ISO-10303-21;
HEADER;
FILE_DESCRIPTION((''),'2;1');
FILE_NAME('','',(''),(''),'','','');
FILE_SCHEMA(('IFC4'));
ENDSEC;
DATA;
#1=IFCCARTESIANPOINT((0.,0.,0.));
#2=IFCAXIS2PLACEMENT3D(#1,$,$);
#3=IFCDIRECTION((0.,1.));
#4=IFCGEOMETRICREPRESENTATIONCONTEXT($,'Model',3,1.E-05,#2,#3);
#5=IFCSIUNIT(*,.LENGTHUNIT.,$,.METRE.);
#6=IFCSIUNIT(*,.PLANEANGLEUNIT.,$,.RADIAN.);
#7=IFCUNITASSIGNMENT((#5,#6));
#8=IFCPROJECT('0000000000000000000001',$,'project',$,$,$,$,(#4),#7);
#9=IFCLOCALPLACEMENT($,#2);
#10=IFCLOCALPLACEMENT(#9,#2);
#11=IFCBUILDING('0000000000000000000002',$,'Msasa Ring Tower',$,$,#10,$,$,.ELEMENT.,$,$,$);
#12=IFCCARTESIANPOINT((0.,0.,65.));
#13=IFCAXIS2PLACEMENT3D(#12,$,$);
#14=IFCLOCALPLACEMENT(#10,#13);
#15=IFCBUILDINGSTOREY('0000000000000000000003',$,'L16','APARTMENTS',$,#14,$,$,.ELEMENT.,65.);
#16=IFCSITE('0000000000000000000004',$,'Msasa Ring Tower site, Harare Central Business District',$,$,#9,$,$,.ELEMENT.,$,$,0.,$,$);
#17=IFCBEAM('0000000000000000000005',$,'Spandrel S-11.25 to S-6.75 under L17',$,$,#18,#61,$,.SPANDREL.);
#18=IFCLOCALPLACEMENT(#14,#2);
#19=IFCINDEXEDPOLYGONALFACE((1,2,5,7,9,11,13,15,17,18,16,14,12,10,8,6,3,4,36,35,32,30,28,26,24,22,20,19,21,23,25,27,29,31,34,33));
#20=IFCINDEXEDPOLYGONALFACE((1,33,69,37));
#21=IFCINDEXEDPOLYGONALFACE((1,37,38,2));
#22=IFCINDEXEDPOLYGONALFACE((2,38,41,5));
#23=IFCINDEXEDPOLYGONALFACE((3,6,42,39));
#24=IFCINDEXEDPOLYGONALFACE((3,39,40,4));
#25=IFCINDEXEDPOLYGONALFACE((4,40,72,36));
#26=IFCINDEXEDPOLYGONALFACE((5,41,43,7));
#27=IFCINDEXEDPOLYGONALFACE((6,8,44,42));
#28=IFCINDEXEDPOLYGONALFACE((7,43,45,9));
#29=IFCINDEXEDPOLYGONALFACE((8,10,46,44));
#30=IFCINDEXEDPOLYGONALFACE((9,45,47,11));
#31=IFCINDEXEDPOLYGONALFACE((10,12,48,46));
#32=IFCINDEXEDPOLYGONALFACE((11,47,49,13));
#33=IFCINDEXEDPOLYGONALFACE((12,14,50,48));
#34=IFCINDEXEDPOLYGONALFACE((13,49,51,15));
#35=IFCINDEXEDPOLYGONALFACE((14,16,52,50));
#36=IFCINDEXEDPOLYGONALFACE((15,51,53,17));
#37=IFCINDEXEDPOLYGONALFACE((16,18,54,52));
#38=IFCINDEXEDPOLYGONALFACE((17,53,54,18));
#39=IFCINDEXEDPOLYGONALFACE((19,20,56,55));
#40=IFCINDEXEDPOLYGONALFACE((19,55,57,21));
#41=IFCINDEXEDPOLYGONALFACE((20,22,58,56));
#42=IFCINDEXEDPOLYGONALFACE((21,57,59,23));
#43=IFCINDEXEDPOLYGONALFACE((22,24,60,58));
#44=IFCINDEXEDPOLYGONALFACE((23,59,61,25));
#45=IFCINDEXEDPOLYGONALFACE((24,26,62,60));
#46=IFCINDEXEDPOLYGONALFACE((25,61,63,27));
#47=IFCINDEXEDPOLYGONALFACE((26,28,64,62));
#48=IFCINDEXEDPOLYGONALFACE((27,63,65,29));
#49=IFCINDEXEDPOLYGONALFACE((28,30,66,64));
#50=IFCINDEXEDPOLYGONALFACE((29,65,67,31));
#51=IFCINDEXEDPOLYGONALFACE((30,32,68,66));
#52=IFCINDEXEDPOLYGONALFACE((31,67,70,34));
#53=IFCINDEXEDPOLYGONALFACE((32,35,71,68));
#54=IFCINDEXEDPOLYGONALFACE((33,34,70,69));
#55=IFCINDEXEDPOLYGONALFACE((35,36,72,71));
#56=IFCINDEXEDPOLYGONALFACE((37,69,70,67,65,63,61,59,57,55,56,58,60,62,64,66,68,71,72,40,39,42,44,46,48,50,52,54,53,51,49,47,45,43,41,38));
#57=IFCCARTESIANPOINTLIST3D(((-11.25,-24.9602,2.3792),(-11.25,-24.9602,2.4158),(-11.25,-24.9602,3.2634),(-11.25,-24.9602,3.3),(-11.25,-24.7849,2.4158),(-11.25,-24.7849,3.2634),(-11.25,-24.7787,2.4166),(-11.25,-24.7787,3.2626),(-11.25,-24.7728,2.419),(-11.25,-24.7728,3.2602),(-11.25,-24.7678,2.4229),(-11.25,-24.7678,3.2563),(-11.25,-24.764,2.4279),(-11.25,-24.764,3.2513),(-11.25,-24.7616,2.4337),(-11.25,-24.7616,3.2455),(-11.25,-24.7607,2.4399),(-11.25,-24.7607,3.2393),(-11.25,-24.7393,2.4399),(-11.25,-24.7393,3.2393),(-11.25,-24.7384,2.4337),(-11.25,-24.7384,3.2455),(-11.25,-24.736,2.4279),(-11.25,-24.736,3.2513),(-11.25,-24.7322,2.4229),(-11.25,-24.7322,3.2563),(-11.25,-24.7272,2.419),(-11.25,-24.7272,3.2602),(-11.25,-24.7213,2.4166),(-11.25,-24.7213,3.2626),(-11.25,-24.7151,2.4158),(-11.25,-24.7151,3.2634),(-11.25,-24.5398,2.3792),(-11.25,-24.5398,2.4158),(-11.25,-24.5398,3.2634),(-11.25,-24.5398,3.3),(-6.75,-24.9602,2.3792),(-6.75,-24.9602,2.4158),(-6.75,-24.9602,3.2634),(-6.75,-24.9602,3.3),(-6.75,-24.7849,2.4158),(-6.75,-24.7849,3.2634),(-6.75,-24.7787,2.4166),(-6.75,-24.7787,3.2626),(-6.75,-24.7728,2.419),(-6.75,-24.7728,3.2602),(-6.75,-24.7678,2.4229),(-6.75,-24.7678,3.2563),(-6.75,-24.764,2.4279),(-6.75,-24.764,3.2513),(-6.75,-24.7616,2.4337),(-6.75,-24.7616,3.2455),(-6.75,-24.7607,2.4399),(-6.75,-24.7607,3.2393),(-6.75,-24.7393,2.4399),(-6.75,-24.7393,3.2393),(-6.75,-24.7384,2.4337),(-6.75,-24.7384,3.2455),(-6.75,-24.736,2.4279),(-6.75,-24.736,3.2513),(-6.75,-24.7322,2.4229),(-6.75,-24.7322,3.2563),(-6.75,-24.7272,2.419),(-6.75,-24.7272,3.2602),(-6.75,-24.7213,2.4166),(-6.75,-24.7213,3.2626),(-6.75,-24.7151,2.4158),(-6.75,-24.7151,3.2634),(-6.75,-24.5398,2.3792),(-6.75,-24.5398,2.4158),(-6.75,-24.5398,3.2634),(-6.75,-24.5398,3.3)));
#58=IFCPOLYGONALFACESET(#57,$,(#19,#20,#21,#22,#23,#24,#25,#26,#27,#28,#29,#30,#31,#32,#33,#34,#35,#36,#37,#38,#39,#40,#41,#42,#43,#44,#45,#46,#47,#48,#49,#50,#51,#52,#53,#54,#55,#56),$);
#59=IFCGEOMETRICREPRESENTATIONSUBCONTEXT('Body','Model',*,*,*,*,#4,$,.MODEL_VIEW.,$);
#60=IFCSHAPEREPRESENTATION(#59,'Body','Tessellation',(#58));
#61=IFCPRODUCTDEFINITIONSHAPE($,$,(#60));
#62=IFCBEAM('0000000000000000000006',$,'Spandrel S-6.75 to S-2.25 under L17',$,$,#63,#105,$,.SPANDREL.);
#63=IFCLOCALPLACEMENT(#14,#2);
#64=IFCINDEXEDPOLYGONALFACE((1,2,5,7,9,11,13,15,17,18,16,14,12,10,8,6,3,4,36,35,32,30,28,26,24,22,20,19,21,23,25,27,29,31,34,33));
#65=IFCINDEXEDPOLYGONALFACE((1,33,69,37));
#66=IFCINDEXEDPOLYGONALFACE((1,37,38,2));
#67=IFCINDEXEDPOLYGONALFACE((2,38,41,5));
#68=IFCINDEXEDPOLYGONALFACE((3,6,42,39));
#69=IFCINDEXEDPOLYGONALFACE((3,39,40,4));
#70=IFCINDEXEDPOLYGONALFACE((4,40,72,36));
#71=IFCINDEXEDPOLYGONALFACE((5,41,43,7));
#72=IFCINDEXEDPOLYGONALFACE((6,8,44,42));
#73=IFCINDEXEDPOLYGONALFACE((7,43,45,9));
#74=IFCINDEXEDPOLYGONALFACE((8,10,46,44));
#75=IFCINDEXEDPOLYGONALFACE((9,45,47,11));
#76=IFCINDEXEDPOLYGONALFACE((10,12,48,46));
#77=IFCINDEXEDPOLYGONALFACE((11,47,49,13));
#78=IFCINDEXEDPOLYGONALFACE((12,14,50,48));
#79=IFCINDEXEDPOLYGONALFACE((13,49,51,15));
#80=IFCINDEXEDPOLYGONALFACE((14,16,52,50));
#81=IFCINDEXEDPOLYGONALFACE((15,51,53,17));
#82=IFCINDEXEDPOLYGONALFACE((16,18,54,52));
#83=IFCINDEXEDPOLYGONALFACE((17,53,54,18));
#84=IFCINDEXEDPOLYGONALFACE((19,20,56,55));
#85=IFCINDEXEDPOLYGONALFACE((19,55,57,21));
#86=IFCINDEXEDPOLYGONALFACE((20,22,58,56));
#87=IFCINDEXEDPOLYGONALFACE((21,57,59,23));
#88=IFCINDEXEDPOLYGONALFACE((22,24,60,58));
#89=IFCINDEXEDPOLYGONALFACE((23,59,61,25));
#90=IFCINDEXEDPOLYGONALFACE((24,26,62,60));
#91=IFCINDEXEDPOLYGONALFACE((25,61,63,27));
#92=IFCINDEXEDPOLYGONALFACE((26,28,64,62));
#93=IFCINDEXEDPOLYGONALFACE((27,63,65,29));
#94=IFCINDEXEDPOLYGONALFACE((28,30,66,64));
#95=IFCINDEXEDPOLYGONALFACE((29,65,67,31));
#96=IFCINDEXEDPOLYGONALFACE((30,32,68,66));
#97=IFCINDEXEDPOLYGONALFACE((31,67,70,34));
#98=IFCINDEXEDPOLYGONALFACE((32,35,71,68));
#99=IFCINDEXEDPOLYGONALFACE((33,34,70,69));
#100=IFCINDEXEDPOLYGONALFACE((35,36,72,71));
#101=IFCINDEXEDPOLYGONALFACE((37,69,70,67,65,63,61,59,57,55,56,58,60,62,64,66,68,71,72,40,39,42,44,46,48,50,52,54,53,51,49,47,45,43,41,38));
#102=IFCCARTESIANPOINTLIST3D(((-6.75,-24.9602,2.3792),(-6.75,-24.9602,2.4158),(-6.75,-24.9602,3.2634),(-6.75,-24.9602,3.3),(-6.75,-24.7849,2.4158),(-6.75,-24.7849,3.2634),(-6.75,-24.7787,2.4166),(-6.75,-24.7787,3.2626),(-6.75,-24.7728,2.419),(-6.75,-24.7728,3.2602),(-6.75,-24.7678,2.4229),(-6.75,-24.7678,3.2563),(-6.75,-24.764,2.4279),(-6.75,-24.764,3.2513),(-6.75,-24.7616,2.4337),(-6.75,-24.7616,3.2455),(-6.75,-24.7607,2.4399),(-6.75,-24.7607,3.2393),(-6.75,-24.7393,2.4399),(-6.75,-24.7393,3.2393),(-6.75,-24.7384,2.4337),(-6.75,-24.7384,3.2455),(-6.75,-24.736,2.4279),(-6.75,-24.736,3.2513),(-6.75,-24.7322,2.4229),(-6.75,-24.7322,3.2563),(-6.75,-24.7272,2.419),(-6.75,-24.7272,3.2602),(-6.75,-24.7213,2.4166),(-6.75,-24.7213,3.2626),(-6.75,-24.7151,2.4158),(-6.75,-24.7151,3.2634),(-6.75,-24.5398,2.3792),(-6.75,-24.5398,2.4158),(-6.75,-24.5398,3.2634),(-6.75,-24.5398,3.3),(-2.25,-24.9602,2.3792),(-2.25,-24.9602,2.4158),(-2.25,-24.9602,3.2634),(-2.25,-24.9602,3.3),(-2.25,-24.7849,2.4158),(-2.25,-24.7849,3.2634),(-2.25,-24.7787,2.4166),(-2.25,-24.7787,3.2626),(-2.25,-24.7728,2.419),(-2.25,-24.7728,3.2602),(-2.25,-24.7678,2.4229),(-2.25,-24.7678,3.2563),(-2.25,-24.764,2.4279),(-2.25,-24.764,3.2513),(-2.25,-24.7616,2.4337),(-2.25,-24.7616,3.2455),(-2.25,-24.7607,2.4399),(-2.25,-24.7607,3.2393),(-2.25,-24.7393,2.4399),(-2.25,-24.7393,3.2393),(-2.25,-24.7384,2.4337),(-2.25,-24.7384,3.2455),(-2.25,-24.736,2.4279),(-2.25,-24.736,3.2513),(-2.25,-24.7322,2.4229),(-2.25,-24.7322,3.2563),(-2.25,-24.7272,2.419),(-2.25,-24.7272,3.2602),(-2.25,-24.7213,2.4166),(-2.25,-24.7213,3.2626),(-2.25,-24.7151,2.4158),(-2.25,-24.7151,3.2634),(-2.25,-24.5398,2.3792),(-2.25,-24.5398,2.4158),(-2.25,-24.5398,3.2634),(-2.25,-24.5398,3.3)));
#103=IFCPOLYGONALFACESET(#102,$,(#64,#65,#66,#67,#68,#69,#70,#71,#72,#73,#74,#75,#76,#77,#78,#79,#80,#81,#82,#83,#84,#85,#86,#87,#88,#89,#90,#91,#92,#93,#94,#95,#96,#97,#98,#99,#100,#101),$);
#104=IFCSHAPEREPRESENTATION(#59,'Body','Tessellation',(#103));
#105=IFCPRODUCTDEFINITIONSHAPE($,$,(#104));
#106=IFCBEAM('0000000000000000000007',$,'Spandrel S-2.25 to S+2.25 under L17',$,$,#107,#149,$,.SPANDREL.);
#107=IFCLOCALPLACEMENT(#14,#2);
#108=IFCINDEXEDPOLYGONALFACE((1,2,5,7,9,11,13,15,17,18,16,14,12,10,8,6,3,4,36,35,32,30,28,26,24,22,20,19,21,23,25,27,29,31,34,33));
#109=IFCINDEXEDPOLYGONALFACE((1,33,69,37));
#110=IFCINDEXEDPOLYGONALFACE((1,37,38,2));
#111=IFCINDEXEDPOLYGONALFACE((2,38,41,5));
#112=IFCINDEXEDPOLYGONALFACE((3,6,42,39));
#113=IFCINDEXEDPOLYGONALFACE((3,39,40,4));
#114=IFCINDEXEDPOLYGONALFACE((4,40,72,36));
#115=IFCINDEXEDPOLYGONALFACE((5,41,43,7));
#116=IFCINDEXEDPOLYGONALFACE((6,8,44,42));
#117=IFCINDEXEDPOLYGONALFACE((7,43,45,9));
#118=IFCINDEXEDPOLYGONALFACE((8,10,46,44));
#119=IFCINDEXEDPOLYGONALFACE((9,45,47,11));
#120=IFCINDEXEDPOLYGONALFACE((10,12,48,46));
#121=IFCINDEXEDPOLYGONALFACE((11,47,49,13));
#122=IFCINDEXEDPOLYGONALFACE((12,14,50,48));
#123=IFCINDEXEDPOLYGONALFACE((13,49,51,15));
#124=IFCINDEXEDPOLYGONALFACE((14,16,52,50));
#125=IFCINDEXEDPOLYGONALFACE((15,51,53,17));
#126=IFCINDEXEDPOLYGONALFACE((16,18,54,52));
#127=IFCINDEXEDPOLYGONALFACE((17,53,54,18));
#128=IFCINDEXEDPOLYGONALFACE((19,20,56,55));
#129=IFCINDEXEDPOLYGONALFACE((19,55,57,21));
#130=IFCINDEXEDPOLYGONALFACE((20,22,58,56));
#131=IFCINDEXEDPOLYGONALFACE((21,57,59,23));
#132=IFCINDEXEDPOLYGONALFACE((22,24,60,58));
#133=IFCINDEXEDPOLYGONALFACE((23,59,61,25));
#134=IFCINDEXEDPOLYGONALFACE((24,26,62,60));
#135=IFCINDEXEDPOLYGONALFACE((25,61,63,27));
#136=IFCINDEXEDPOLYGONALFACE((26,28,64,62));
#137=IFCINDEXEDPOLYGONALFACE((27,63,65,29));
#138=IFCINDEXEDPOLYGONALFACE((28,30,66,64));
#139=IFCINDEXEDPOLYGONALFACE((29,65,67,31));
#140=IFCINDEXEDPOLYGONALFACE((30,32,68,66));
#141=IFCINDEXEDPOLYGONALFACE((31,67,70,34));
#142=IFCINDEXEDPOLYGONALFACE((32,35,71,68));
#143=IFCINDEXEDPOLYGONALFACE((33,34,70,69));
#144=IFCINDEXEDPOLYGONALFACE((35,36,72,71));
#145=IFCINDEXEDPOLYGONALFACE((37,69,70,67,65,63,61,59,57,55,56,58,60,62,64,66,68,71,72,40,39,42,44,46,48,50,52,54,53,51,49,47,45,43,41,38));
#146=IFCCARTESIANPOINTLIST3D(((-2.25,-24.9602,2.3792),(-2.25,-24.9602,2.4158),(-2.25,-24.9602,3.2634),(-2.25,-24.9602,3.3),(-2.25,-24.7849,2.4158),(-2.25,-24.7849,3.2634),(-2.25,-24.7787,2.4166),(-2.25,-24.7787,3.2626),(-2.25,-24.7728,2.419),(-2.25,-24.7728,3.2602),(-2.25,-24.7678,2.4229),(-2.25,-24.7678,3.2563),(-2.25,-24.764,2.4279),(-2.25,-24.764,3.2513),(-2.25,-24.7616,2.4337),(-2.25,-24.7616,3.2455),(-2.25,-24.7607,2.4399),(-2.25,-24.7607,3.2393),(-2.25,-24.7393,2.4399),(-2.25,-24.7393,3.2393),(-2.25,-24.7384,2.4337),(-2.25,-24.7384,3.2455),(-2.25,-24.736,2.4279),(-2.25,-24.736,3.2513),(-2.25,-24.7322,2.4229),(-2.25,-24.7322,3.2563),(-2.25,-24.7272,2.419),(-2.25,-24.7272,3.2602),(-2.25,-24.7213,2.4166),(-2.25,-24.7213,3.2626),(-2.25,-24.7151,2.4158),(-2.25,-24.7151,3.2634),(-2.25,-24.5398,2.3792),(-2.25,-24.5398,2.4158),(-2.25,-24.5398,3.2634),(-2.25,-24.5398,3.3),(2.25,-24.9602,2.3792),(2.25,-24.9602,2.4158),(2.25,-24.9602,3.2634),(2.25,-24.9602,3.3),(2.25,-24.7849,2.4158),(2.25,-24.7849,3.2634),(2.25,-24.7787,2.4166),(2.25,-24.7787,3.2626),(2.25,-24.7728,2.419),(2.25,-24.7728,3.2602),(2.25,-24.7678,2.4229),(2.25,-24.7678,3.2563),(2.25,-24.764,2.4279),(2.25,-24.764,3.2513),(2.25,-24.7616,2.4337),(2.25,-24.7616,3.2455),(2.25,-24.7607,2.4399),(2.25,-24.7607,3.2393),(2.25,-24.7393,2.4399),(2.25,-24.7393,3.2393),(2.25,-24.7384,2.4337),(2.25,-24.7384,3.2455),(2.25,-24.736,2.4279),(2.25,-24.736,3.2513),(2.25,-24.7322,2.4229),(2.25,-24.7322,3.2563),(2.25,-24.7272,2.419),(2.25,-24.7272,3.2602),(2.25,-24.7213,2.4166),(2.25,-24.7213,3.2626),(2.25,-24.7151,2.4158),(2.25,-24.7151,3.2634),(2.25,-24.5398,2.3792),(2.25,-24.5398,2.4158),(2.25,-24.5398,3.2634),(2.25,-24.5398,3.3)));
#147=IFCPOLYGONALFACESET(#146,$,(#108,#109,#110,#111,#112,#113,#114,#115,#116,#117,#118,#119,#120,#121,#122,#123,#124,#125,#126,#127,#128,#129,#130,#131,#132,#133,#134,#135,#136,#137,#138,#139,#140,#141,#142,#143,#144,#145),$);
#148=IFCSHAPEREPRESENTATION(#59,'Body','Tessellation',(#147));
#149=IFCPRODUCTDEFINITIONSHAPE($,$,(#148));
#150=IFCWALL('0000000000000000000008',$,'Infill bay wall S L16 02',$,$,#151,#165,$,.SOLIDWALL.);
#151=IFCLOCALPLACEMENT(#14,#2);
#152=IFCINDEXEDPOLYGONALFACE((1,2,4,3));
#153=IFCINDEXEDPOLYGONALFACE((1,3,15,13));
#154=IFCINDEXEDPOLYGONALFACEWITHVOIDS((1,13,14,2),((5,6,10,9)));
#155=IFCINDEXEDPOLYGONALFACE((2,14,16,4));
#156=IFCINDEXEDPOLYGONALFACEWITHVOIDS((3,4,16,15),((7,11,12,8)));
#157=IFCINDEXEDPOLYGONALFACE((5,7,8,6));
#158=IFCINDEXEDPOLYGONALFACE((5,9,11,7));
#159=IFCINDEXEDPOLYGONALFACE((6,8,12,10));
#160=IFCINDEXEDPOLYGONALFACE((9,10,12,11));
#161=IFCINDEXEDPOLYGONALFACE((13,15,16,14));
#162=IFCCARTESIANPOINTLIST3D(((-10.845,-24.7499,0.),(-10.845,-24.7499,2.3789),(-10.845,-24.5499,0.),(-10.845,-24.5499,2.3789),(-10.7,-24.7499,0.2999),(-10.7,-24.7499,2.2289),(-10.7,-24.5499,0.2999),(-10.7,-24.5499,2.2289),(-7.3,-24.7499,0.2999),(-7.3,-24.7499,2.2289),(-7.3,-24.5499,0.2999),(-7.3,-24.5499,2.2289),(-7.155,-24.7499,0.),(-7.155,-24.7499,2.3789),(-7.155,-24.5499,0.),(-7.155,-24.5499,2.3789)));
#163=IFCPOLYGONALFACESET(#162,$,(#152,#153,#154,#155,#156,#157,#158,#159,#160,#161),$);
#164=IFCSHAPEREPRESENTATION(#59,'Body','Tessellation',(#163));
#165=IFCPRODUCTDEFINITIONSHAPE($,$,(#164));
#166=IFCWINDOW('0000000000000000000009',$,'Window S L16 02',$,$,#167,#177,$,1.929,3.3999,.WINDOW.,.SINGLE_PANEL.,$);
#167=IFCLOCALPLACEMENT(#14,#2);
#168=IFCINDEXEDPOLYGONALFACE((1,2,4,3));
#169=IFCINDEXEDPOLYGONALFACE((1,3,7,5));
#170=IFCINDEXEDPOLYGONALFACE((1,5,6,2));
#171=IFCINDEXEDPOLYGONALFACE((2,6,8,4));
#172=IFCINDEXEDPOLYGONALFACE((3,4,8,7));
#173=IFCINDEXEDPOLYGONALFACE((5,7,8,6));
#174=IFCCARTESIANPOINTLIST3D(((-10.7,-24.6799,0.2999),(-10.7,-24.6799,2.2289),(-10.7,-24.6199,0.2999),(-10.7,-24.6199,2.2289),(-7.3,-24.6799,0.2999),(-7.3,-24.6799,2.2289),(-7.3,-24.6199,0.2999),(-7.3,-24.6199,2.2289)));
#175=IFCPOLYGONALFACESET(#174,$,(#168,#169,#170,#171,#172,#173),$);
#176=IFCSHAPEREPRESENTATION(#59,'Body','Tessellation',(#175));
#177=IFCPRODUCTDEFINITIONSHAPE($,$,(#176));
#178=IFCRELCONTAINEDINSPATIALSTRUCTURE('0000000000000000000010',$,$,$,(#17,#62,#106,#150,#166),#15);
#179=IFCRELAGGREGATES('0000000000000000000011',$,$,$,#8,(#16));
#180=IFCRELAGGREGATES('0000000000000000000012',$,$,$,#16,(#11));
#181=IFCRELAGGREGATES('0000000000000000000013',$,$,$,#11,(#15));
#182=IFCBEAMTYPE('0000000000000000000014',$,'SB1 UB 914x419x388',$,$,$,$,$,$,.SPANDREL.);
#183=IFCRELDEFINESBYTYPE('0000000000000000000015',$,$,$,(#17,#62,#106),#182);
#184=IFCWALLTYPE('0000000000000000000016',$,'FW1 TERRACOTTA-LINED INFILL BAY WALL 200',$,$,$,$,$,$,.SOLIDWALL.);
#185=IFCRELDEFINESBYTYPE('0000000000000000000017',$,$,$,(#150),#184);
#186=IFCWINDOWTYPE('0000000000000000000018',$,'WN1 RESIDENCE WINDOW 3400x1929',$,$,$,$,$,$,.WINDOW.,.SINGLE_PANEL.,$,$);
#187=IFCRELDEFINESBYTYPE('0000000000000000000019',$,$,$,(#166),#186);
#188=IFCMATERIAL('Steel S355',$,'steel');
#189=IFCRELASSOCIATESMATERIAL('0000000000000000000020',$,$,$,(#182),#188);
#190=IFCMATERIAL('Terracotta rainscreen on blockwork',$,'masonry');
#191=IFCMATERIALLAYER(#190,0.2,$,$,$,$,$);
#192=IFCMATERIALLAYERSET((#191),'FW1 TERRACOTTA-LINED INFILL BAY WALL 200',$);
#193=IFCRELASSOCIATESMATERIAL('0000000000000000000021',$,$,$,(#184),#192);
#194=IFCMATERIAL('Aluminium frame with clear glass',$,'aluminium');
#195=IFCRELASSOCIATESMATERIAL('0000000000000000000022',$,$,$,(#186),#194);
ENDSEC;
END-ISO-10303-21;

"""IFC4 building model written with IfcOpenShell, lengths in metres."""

from ifc_helpers import new_model, si_unit, direction, frame, frame_2d, origin, origin_2d, place, context, subcontext, project, spatial, rectangle, i_section, extrude, material, layer, layer_set, material_profile, profile_set, type_object, element, fill, save


model = new_model("IFC4")

# Units and contexts
model_context = context("Model", 3, precision=1e-05, world=origin(), true_north=direction((0.0, 1.0)))
body_context = subcontext(model_context, "Body", "Model", "MODEL_VIEW")
ifc_project = project(units=[si_unit("LENGTHUNIT", "METRE"), si_unit("PLANEANGLEUNIT", "RADIAN")], contexts=[model_context])

# Site, building, storey
site_placement = place(None, origin())
site = spatial("IfcSite", under=ifc_project, at=site_placement, Name="Msasa Ring Tower site, Harare Central Business District", CompositionType="ELEMENT", RefElevation=0.0)
building_placement = place(site_placement, origin())
building = spatial("IfcBuilding", under=site, at=building_placement, Name="Msasa Ring Tower", CompositionType="ELEMENT")
storey_placement = place(building_placement, frame((0.0, 0.0, 65.0)))
storey = spatial("IfcBuildingStorey", under=building, at=storey_placement, Name="L16", Description="APARTMENTS", CompositionType="ELEMENT", Elevation=65.0)

# Beams
ifc_material_1 = material(Name="Steel S355", Category="steel")
ifc_material_profile_1 = material_profile(ifc_material_1, i_section(OverallWidth=0.4204, OverallDepth=0.9209, WebThickness=0.0215, FlangeThickness=0.0366, FilletRadius=0.0242, at=origin_2d()), Name="UB 914x419x388")
ifc_profile_set_1 = profile_set([ifc_material_profile_1], Name="Steel S355")
beam_type_1 = type_object("IfcBeamType", Name="SB1 UB 914x419x388", PredefinedType="SPANDREL", material=ifc_profile_set_1)
for number, where, z_axis, x_axis, name in (
    (1, (-11.25, -24.75, 2.8396), (1.0, 0.0, 0.0), (0.0, 1.0, 0.0), "Spandrel S-11.25 to S-6.75 under L17"),
    (2, (-6.75, -24.75, 2.8396), (1.0, 0.0, 0.0), (0.0, 1.0, 0.0), "Spandrel S-6.75 to S-2.25 under L17"),
    (3, (-2.25, -24.75, 2.8396), (1.0, 0.0, 0.0), (0.0, 1.0, 0.0), "Spandrel S-2.25 to S+2.25 under L17"),
):
    element("IfcBeam", number, at=place(storey_placement, frame(where, z_axis=z_axis, x_axis=x_axis)), inside=storey, type_object=beam_type_1, Name=name, PredefinedType="SPANDREL", context=body_context, shape_type="SweptSolid", body=[
        extrude(i_section(OverallWidth=0.4204, OverallDepth=0.9209, WebThickness=0.0215, FlangeThickness=0.0366, FilletRadius=0.0242, at=origin_2d()), origin(), (0.0, 0.0, 1.0), 4.5),
    ])

# Wall, opening, window
ifc_material_2 = material(Name="Terracotta rainscreen on blockwork", Category="masonry")
ifc_layer_1 = layer(ifc_material_2, 0.2)
ifc_layer_set_1 = layer_set([ifc_layer_1], Name="FW1 TERRACOTTA-LINED INFILL BAY WALL 200")
wall_type_1 = type_object("IfcWallType", Name="FW1 TERRACOTTA-LINED INFILL BAY WALL 200", PredefinedType="SOLIDWALL", material=ifc_layer_set_1)
wall_1_placement = place(storey_placement, frame((-10.845, -24.6499, 0.0), z_axis=(0.0, 0.0, 1.0), x_axis=(1.0, 0.0, 0.0)))
wall_1 = element("IfcWall", 4, at=wall_1_placement, inside=storey, type_object=wall_type_1, Name="Infill bay wall S L16 02", PredefinedType="SOLIDWALL", context=body_context, shape_type="SweptSolid", body=[
    extrude(rectangle(XDim=3.6899, YDim=0.2, at=frame_2d((1.845, 0.0))), origin(), (0.0, 0.0, 1.0), 2.3789),
])
opening_1_placement = place(wall_1_placement, frame((0.145, 0.0, 0.3)))
opening_1 = element("IfcOpeningElement", 5, at=opening_1_placement, cuts=wall_1, PredefinedType="OPENING", context=body_context, shape_type="SweptSolid", body=[
    extrude(rectangle(XDim=3.3999, YDim=1.929, at=frame_2d((1.7, 0.9644))), frame((0.0, 0.1099, 0.0), z_axis=(0.0, -1.0, 0.0), x_axis=(1.0, 0.0, 0.0)), (0.0, 0.0, 1.0), 0.22),
])
ifc_material_3 = material(Name="Aluminium frame with clear glass", Category="aluminium")
window_type = type_object("IfcWindowType", Name="WN1 RESIDENCE WINDOW 3400x1929", PartitioningType="SINGLE_PANEL", PredefinedType="WINDOW", material=ifc_material_3)
window_1_placement = place(opening_1_placement, origin())
window_1 = element("IfcWindow", 6, at=window_1_placement, inside=storey, type_object=window_type, Name="Window S L16 02", OverallHeight=1.929, OverallWidth=3.3999, PartitioningType="SINGLE_PANEL", PredefinedType="WINDOW", context=body_context, shape_type="SweptSolid", body=[
    extrude(rectangle(XDim=3.3999, YDim=1.929, at=frame_2d((1.7, 0.9644))), frame((0.0, 0.03, 0.0), z_axis=(0.0, -1.0, 0.0), x_axis=(1.0, 0.0, 0.0)), (0.0, 0.0, 1.0), 0.0601),
])
fill(opening_1, window_1)

save(model, "model.ifc")
